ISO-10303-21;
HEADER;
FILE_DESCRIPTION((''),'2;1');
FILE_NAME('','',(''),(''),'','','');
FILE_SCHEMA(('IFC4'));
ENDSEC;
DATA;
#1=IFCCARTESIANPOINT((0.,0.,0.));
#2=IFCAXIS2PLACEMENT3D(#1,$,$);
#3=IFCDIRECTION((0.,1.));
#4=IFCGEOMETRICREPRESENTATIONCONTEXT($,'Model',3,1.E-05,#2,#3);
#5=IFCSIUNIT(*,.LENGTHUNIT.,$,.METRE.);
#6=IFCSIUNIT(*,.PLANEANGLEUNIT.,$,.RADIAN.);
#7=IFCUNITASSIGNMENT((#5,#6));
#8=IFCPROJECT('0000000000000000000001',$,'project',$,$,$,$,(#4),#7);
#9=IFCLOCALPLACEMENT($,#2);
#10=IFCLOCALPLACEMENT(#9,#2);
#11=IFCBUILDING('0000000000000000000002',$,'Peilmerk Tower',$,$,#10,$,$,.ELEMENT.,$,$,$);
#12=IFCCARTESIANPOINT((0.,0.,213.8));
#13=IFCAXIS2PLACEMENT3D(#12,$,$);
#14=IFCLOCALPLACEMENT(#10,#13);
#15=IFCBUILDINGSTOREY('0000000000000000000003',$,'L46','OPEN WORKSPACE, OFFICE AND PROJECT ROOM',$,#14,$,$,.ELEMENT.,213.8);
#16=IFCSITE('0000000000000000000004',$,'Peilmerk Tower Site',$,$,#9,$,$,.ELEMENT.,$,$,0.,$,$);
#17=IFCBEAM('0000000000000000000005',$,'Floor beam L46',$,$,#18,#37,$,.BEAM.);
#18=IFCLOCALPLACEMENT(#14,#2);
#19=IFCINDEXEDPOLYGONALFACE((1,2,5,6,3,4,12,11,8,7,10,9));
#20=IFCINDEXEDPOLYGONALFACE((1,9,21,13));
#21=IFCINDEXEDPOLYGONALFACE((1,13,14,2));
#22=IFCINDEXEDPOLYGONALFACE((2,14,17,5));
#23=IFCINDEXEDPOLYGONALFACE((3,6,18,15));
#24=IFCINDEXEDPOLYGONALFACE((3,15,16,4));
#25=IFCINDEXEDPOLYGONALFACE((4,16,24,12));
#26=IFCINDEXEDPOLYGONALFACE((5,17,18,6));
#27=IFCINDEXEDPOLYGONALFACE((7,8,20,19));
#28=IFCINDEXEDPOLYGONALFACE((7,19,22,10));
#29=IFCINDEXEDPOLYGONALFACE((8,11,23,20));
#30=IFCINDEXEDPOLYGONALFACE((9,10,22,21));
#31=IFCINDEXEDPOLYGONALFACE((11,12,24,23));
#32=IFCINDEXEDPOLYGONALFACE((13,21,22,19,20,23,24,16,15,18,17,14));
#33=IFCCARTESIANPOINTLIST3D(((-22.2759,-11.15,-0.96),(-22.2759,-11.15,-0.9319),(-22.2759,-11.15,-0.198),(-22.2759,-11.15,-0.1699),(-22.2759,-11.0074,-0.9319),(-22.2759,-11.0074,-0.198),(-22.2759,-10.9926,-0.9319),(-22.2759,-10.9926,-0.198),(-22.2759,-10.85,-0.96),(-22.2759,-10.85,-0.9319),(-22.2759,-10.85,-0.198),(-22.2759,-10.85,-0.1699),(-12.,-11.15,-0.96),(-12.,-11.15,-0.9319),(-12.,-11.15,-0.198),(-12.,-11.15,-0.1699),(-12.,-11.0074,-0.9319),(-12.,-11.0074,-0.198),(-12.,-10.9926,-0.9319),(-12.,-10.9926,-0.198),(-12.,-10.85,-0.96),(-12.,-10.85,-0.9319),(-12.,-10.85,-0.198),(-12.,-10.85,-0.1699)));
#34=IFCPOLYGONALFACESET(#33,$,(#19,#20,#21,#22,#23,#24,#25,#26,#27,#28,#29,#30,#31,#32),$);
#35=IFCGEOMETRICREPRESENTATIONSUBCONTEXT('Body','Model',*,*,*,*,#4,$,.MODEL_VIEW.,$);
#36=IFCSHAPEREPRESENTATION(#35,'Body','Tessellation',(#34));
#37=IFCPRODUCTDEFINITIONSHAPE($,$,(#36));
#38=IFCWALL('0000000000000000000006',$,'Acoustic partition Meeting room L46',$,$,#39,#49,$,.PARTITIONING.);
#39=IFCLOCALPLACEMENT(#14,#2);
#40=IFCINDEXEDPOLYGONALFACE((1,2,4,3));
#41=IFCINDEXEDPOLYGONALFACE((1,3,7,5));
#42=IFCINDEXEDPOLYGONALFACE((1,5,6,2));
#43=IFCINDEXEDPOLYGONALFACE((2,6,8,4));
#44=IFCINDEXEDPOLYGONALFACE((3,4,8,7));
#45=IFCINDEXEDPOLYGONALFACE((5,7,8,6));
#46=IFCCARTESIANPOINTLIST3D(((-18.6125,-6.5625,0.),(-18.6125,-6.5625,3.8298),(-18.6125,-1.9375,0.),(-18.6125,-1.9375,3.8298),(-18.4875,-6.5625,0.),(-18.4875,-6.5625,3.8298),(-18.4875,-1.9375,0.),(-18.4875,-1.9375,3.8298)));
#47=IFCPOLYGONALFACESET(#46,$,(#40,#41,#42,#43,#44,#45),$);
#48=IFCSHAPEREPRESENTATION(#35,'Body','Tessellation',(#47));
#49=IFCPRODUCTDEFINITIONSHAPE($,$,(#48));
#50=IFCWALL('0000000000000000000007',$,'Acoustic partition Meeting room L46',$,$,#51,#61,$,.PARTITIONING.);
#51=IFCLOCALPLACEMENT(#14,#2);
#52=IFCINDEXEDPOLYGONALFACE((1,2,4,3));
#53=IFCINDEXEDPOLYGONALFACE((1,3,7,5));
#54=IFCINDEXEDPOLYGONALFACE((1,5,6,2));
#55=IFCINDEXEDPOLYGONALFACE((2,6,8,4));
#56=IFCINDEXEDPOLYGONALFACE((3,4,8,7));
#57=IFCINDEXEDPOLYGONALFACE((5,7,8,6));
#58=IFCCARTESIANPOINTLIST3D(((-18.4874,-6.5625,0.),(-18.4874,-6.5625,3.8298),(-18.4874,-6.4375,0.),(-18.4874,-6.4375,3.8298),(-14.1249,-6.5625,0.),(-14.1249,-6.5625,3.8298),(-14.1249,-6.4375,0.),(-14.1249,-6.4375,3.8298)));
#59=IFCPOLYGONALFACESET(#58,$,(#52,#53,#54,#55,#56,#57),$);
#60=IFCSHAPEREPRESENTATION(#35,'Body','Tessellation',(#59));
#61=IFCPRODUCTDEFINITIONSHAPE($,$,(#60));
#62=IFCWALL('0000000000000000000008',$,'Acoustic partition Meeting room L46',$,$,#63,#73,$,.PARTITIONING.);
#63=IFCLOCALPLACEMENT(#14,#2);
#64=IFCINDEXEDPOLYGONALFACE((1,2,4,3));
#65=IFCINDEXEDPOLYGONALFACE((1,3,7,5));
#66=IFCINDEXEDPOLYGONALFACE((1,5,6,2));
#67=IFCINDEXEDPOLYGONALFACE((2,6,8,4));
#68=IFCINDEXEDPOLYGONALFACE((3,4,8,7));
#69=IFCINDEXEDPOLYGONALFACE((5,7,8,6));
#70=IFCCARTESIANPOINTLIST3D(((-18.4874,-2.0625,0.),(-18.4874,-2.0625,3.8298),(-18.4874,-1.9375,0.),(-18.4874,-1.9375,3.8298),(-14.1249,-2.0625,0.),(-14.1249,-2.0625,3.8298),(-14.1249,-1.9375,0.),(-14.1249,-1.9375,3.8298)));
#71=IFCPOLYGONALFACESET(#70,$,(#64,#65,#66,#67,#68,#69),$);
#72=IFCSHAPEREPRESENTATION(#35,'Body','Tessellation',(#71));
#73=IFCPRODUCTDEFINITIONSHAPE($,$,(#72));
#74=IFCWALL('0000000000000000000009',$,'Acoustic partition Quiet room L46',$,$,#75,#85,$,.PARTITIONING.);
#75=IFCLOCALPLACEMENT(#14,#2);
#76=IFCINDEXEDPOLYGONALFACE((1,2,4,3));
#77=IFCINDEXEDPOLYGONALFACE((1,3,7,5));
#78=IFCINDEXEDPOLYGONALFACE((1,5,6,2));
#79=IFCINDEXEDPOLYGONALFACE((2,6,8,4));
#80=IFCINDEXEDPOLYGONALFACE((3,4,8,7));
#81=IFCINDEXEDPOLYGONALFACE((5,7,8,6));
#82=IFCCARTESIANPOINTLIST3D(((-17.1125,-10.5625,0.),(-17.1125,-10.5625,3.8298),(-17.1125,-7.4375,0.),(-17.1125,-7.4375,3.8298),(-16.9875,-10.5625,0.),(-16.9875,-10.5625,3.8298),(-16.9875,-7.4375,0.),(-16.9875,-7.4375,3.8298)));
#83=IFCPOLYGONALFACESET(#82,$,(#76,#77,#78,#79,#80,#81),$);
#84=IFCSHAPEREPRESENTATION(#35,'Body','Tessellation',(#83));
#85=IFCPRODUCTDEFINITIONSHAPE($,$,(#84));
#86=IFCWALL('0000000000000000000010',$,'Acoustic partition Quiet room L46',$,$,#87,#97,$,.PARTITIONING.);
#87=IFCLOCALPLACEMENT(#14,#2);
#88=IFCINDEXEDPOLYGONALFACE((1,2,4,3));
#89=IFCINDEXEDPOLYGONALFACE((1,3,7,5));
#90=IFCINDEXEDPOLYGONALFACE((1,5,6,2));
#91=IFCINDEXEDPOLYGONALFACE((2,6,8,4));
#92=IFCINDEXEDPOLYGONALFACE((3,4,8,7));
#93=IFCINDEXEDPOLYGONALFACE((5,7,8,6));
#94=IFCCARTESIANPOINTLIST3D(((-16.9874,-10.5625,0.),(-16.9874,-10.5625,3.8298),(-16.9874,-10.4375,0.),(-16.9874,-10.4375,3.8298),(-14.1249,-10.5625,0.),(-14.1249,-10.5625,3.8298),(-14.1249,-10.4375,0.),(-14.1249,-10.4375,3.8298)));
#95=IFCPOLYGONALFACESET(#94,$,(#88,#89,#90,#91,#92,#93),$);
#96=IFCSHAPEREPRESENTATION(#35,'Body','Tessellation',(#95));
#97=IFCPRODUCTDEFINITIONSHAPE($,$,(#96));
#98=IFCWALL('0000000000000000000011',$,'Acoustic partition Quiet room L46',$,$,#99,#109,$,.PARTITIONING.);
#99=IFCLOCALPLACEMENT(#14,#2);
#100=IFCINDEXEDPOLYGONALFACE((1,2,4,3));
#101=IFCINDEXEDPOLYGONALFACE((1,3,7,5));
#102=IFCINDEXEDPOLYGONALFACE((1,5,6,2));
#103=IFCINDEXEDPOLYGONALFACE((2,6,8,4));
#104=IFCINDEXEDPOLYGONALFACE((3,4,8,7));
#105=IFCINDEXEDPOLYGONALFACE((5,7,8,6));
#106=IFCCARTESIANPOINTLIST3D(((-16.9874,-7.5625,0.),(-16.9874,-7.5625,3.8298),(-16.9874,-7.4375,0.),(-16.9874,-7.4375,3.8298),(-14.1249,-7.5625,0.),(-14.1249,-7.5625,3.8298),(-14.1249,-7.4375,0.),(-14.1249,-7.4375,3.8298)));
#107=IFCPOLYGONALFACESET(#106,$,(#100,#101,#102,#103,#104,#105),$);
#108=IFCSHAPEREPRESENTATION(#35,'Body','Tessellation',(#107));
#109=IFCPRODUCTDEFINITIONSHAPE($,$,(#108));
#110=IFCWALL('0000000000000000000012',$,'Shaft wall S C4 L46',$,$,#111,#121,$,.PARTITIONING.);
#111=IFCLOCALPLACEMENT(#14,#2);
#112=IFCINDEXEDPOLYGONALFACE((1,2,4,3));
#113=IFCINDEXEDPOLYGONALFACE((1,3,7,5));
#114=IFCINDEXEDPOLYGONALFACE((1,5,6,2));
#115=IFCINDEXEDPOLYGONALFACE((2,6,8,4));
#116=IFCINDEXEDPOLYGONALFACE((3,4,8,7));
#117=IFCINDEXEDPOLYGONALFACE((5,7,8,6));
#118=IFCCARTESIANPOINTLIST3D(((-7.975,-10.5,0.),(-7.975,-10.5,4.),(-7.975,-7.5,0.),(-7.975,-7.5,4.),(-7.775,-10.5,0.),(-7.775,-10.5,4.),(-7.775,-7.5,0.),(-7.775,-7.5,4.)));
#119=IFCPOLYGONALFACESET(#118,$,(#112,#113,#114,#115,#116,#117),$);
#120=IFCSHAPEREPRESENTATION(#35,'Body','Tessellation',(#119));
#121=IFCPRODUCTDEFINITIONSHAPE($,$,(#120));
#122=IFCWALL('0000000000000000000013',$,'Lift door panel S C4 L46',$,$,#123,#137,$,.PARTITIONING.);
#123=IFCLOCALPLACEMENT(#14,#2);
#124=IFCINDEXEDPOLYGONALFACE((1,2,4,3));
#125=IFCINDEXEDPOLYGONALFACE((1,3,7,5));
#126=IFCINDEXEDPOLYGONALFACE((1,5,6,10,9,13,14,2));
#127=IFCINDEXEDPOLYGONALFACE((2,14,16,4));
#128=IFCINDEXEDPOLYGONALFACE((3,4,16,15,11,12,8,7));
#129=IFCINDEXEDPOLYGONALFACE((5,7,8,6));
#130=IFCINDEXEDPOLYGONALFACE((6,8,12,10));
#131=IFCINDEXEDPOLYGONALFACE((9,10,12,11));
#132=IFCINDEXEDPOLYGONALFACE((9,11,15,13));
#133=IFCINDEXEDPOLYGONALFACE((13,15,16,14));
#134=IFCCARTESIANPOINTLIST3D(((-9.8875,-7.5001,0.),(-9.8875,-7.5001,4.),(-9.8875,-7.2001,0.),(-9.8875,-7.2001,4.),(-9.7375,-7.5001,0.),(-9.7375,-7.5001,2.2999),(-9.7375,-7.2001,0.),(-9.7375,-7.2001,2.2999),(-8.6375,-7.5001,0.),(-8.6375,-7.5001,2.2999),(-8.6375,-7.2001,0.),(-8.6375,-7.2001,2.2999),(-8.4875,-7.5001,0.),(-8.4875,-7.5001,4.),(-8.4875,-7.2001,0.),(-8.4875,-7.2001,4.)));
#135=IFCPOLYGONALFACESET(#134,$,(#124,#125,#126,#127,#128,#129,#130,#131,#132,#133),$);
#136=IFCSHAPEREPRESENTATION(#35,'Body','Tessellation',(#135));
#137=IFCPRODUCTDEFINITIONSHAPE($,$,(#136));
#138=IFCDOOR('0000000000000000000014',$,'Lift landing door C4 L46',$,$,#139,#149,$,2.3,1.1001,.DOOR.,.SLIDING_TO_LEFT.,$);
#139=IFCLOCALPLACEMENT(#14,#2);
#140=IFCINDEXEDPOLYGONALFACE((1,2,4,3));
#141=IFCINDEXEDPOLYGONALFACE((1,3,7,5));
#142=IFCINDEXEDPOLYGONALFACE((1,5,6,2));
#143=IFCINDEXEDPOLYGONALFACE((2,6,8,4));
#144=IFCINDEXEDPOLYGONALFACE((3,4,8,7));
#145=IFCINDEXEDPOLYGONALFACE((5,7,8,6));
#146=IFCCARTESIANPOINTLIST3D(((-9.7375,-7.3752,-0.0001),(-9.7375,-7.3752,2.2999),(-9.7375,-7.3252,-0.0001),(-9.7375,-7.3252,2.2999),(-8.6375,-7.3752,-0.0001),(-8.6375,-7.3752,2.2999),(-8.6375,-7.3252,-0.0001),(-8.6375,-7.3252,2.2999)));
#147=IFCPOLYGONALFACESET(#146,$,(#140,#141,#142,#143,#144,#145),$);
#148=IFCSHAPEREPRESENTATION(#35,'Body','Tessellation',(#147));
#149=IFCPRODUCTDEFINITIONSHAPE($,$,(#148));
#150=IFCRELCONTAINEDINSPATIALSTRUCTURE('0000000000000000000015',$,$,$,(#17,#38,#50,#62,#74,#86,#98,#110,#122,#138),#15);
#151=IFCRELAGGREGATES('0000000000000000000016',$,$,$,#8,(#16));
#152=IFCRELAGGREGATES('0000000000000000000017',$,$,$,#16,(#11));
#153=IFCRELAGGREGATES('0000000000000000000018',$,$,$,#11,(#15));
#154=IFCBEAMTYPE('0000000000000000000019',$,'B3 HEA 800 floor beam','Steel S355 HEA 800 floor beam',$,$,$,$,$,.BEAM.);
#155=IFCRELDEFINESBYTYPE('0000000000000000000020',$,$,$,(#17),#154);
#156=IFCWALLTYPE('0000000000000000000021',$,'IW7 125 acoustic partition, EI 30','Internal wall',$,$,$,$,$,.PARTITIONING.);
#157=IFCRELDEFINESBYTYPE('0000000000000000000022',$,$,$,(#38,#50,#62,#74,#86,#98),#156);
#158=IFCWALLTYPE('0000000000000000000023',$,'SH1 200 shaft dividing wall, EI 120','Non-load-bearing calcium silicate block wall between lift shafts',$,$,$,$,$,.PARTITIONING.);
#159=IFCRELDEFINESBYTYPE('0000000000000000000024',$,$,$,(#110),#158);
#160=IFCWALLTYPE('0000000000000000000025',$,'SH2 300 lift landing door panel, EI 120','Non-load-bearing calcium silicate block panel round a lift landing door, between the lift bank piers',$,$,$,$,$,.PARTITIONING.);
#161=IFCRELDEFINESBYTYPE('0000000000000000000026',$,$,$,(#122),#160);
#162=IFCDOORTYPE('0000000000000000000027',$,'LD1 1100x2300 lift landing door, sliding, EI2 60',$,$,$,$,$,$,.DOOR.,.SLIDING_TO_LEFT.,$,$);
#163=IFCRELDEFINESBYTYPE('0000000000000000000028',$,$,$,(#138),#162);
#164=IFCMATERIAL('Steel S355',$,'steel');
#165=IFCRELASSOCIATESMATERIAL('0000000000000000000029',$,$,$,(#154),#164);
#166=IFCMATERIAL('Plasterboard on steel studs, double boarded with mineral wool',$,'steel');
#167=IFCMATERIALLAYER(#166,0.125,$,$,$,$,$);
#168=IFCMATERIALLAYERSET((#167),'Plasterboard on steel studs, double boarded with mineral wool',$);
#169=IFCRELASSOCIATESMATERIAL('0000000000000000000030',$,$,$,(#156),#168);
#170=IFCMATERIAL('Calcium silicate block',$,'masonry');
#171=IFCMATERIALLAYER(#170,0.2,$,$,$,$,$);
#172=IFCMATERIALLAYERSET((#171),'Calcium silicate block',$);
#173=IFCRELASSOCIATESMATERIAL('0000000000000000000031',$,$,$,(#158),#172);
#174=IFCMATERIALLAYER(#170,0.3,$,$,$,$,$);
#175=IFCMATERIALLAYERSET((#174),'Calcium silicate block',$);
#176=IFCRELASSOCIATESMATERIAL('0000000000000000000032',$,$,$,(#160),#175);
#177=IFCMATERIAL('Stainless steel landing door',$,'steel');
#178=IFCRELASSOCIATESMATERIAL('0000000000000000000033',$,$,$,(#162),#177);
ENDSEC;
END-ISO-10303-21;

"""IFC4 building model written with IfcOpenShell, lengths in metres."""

from ifc_helpers import new_model, si_unit, direction, frame, frame_2d, origin, origin_2d, place, context, subcontext, project, spatial, rectangle, i_section, extrude, material, layer, layer_set, material_profile, profile_set, type_object, element, fill, save


model = new_model("IFC4")

# Units and contexts
model_context = context("Model", 3, precision=1e-05, world=origin(), true_north=direction((0.0, 1.0)))
body_context = subcontext(model_context, "Body", "Model", "MODEL_VIEW")
ifc_project = project(units=[si_unit("LENGTHUNIT", "METRE"), si_unit("PLANEANGLEUNIT", "RADIAN")], contexts=[model_context])

# Site, building, storey
site_placement = place(None, origin())
site = spatial("IfcSite", under=ifc_project, at=site_placement, Name="Peilmerk Tower Site", CompositionType="ELEMENT", RefElevation=0.0)
building_placement = place(site_placement, origin())
building = spatial("IfcBuilding", under=site, at=building_placement, Name="Peilmerk Tower", CompositionType="ELEMENT")
storey_placement = place(building_placement, frame((0.0, 0.0, 213.8)))
storey = spatial("IfcBuildingStorey", under=building, at=storey_placement, Name="L46", Description="OPEN WORKSPACE, OFFICE AND PROJECT ROOM", CompositionType="ELEMENT", Elevation=213.8)

# Beam
ifc_material_1 = material(Name="Steel S355", Category="steel")
ifc_material_profile_1 = material_profile(ifc_material_1, i_section(OverallWidth=0.3, OverallDepth=0.79, WebThickness=0.0149, FlangeThickness=0.0281, at=origin_2d()), Name="HEA 800")
ifc_profile_set_1 = profile_set([ifc_material_profile_1], Name="Steel S355")
beam_type_1 = type_object("IfcBeamType", Name="B3 HEA 800 floor beam", Description="Steel S355 HEA 800 floor beam", PredefinedType="BEAM", material=ifc_profile_set_1)
for number, where, z_axis, x_axis, name in (
    (1, (-12.0, -11.0, -0.5649), (-1.0, 0.0, 0.0), (0.0, -1.0, 0.0), "Floor beam L46"),
):
    element("IfcBeam", number, at=place(storey_placement, frame(where, z_axis=z_axis, x_axis=x_axis)), inside=storey, type_object=beam_type_1, Name=name, PredefinedType="BEAM", context=body_context, shape_type="SweptSolid", body=[
        extrude(i_section(OverallWidth=0.3, OverallDepth=0.79, WebThickness=0.0149, FlangeThickness=0.0281, at=origin_2d()), origin(), (0.0, 0.0, 1.0), 10.2759),
    ])

# Walls
ifc_material_2 = material(Name="Plasterboard on steel studs, double boarded with mineral wool", Category="steel")
ifc_layer_1 = layer(ifc_material_2, 0.125)
ifc_layer_set_1 = layer_set([ifc_layer_1], Name="Plasterboard on steel studs, double boarded with mineral wool")
wall_type_1 = type_object("IfcWallType", Name="IW7 125 acoustic partition, EI 30", Description="Internal wall", PredefinedType="PARTITIONING", material=ifc_layer_set_1)
wall_1_placement = place(storey_placement, frame((-18.55, -6.5625, 0.0), z_axis=(0.0, 0.0, 1.0), x_axis=(0.0, 1.0, 0.0)))
element("IfcWall", 2, at=wall_1_placement, inside=storey, type_object=wall_type_1, Name="Acoustic partition Meeting room L46", PredefinedType="PARTITIONING", context=body_context, shape_type="SweptSolid", body=[
    extrude(rectangle(XDim=4.625, YDim=0.125, at=frame_2d((2.3125, 0.0))), origin(), (0.0, 0.0, 1.0), 3.8298),
])
for number, where, z_axis, x_axis, name in (
    (3, (-14.125, -6.5, 0.0), (0.0, 0.0, 1.0), (-1.0, 0.0, 0.0), "Acoustic partition Meeting room L46"),
    (4, (-14.125, -2.0, 0.0), (0.0, 0.0, 1.0), (-1.0, 0.0, 0.0), "Acoustic partition Meeting room L46"),
):
    element("IfcWall", number, at=place(storey_placement, frame(where, z_axis=z_axis, x_axis=x_axis)), inside=storey, type_object=wall_type_1, Name=name, PredefinedType="PARTITIONING", context=body_context, shape_type="SweptSolid", body=[
        extrude(rectangle(XDim=4.3625, YDim=0.125, at=frame_2d((2.1812, 0.0))), origin(), (0.0, 0.0, 1.0), 3.8298),
    ])
wall_2_placement = place(storey_placement, frame((-17.05, -10.5625, 0.0), z_axis=(0.0, 0.0, 1.0), x_axis=(0.0, 1.0, 0.0)))
element("IfcWall", 5, at=wall_2_placement, inside=storey, type_object=wall_type_1, Name="Acoustic partition Quiet room L46", PredefinedType="PARTITIONING", context=body_context, shape_type="SweptSolid", body=[
    extrude(rectangle(XDim=3.125, YDim=0.125, at=frame_2d((1.5625, 0.0))), origin(), (0.0, 0.0, 1.0), 3.8298),
])
for number, where, z_axis, x_axis, name in (
    (6, (-14.125, -10.5, 0.0), (0.0, 0.0, 1.0), (-1.0, 0.0, 0.0), "Acoustic partition Quiet room L46"),
    (7, (-14.125, -7.5, 0.0), (0.0, 0.0, 1.0), (-1.0, 0.0, 0.0), "Acoustic partition Quiet room L46"),
):
    element("IfcWall", number, at=place(storey_placement, frame(where, z_axis=z_axis, x_axis=x_axis)), inside=storey, type_object=wall_type_1, Name=name, PredefinedType="PARTITIONING", context=body_context, shape_type="SweptSolid", body=[
        extrude(rectangle(XDim=2.8625, YDim=0.125, at=frame_2d((1.4312, 0.0))), origin(), (0.0, 0.0, 1.0), 3.8298),
    ])
ifc_material_3 = material(Name="Calcium silicate block", Category="masonry")
ifc_layer_2 = layer(ifc_material_3, 0.2)
ifc_layer_set_2 = layer_set([ifc_layer_2], Name="Calcium silicate block")
wall_type_2 = type_object("IfcWallType", Name="SH1 200 shaft dividing wall, EI 120", Description="Non-load-bearing calcium silicate block wall between lift shafts", PredefinedType="PARTITIONING", material=ifc_layer_set_2)
wall_3_placement = place(storey_placement, frame((-7.875, -10.5, 0.0), z_axis=(0.0, 0.0, 1.0), x_axis=(0.0, 1.0, 0.0)))
element("IfcWall", 8, at=wall_3_placement, inside=storey, type_object=wall_type_2, Name="Shaft wall S C4 L46", PredefinedType="PARTITIONING", context=body_context, shape_type="SweptSolid", body=[
    extrude(rectangle(XDim=3.0, YDim=0.2, at=frame_2d((1.5, 0.0))), origin(), (0.0, 0.0, 1.0), 4.0),
])

# Wall, opening, door
ifc_layer_3 = layer(ifc_material_3, 0.3)
ifc_layer_set_3 = layer_set([ifc_layer_3], Name="Calcium silicate block")
wall_type_3 = type_object("IfcWallType", Name="SH2 300 lift landing door panel, EI 120", Description="Non-load-bearing calcium silicate block panel round a lift landing door, between the lift bank piers", PredefinedType="PARTITIONING", material=ifc_layer_set_3)
wall_4_placement = place(storey_placement, frame((-9.8875, -7.3501, 0.0), z_axis=(0.0, 0.0, 1.0), x_axis=(1.0, 0.0, 0.0)))
wall_4 = element("IfcWall", 9, at=wall_4_placement, inside=storey, type_object=wall_type_3, Name="Lift door panel S C4 L46", PredefinedType="PARTITIONING", context=body_context, shape_type="SweptSolid", body=[
    extrude(rectangle(XDim=1.3999, YDim=0.3, at=frame_2d((0.7, 0.0))), origin(), (0.0, 0.0, 1.0), 4.0),
])
opening_1_placement = place(wall_4_placement, frame((0.1499, 0.0, 0.0)))
opening_1 = element("IfcOpeningElement", 10, at=opening_1_placement, cuts=wall_4, PredefinedType="OPENING", context=body_context, shape_type="SweptSolid", body=[
    extrude(rectangle(XDim=1.1001, YDim=2.3, at=frame_2d((0.55, 1.1499))), frame((0.0, 0.1599, 0.0), z_axis=(0.0, -1.0, 0.0), x_axis=(1.0, 0.0, 0.0)), (0.0, 0.0, 1.0), 0.3201),
])
ifc_material_4 = material(Name="Stainless steel landing door", Category="steel")
door_type_1 = type_object("IfcDoorType", Name="LD1 1100x2300 lift landing door, sliding, EI2 60", OperationType="SLIDING_TO_LEFT", PredefinedType="DOOR", material=ifc_material_4)
door_1_placement = place(opening_1_placement, origin())
door_1 = element("IfcDoor", 11, at=door_1_placement, inside=storey, type_object=door_type_1, Name="Lift landing door C4 L46", OperationType="SLIDING_TO_LEFT", OverallHeight=2.3, OverallWidth=1.1001, PredefinedType="DOOR", context=body_context, shape_type="SweptSolid", body=[
    extrude(rectangle(XDim=1.1001, YDim=2.3, at=frame_2d((0.55, 1.1499))), frame((0.0, 0.0249, 0.0), z_axis=(0.0, -1.0, 0.0), x_axis=(1.0, 0.0, 0.0)), (0.0, 0.0, 1.0), 0.05),
])
fill(opening_1, door_1)

save(model, "model.ifc")
